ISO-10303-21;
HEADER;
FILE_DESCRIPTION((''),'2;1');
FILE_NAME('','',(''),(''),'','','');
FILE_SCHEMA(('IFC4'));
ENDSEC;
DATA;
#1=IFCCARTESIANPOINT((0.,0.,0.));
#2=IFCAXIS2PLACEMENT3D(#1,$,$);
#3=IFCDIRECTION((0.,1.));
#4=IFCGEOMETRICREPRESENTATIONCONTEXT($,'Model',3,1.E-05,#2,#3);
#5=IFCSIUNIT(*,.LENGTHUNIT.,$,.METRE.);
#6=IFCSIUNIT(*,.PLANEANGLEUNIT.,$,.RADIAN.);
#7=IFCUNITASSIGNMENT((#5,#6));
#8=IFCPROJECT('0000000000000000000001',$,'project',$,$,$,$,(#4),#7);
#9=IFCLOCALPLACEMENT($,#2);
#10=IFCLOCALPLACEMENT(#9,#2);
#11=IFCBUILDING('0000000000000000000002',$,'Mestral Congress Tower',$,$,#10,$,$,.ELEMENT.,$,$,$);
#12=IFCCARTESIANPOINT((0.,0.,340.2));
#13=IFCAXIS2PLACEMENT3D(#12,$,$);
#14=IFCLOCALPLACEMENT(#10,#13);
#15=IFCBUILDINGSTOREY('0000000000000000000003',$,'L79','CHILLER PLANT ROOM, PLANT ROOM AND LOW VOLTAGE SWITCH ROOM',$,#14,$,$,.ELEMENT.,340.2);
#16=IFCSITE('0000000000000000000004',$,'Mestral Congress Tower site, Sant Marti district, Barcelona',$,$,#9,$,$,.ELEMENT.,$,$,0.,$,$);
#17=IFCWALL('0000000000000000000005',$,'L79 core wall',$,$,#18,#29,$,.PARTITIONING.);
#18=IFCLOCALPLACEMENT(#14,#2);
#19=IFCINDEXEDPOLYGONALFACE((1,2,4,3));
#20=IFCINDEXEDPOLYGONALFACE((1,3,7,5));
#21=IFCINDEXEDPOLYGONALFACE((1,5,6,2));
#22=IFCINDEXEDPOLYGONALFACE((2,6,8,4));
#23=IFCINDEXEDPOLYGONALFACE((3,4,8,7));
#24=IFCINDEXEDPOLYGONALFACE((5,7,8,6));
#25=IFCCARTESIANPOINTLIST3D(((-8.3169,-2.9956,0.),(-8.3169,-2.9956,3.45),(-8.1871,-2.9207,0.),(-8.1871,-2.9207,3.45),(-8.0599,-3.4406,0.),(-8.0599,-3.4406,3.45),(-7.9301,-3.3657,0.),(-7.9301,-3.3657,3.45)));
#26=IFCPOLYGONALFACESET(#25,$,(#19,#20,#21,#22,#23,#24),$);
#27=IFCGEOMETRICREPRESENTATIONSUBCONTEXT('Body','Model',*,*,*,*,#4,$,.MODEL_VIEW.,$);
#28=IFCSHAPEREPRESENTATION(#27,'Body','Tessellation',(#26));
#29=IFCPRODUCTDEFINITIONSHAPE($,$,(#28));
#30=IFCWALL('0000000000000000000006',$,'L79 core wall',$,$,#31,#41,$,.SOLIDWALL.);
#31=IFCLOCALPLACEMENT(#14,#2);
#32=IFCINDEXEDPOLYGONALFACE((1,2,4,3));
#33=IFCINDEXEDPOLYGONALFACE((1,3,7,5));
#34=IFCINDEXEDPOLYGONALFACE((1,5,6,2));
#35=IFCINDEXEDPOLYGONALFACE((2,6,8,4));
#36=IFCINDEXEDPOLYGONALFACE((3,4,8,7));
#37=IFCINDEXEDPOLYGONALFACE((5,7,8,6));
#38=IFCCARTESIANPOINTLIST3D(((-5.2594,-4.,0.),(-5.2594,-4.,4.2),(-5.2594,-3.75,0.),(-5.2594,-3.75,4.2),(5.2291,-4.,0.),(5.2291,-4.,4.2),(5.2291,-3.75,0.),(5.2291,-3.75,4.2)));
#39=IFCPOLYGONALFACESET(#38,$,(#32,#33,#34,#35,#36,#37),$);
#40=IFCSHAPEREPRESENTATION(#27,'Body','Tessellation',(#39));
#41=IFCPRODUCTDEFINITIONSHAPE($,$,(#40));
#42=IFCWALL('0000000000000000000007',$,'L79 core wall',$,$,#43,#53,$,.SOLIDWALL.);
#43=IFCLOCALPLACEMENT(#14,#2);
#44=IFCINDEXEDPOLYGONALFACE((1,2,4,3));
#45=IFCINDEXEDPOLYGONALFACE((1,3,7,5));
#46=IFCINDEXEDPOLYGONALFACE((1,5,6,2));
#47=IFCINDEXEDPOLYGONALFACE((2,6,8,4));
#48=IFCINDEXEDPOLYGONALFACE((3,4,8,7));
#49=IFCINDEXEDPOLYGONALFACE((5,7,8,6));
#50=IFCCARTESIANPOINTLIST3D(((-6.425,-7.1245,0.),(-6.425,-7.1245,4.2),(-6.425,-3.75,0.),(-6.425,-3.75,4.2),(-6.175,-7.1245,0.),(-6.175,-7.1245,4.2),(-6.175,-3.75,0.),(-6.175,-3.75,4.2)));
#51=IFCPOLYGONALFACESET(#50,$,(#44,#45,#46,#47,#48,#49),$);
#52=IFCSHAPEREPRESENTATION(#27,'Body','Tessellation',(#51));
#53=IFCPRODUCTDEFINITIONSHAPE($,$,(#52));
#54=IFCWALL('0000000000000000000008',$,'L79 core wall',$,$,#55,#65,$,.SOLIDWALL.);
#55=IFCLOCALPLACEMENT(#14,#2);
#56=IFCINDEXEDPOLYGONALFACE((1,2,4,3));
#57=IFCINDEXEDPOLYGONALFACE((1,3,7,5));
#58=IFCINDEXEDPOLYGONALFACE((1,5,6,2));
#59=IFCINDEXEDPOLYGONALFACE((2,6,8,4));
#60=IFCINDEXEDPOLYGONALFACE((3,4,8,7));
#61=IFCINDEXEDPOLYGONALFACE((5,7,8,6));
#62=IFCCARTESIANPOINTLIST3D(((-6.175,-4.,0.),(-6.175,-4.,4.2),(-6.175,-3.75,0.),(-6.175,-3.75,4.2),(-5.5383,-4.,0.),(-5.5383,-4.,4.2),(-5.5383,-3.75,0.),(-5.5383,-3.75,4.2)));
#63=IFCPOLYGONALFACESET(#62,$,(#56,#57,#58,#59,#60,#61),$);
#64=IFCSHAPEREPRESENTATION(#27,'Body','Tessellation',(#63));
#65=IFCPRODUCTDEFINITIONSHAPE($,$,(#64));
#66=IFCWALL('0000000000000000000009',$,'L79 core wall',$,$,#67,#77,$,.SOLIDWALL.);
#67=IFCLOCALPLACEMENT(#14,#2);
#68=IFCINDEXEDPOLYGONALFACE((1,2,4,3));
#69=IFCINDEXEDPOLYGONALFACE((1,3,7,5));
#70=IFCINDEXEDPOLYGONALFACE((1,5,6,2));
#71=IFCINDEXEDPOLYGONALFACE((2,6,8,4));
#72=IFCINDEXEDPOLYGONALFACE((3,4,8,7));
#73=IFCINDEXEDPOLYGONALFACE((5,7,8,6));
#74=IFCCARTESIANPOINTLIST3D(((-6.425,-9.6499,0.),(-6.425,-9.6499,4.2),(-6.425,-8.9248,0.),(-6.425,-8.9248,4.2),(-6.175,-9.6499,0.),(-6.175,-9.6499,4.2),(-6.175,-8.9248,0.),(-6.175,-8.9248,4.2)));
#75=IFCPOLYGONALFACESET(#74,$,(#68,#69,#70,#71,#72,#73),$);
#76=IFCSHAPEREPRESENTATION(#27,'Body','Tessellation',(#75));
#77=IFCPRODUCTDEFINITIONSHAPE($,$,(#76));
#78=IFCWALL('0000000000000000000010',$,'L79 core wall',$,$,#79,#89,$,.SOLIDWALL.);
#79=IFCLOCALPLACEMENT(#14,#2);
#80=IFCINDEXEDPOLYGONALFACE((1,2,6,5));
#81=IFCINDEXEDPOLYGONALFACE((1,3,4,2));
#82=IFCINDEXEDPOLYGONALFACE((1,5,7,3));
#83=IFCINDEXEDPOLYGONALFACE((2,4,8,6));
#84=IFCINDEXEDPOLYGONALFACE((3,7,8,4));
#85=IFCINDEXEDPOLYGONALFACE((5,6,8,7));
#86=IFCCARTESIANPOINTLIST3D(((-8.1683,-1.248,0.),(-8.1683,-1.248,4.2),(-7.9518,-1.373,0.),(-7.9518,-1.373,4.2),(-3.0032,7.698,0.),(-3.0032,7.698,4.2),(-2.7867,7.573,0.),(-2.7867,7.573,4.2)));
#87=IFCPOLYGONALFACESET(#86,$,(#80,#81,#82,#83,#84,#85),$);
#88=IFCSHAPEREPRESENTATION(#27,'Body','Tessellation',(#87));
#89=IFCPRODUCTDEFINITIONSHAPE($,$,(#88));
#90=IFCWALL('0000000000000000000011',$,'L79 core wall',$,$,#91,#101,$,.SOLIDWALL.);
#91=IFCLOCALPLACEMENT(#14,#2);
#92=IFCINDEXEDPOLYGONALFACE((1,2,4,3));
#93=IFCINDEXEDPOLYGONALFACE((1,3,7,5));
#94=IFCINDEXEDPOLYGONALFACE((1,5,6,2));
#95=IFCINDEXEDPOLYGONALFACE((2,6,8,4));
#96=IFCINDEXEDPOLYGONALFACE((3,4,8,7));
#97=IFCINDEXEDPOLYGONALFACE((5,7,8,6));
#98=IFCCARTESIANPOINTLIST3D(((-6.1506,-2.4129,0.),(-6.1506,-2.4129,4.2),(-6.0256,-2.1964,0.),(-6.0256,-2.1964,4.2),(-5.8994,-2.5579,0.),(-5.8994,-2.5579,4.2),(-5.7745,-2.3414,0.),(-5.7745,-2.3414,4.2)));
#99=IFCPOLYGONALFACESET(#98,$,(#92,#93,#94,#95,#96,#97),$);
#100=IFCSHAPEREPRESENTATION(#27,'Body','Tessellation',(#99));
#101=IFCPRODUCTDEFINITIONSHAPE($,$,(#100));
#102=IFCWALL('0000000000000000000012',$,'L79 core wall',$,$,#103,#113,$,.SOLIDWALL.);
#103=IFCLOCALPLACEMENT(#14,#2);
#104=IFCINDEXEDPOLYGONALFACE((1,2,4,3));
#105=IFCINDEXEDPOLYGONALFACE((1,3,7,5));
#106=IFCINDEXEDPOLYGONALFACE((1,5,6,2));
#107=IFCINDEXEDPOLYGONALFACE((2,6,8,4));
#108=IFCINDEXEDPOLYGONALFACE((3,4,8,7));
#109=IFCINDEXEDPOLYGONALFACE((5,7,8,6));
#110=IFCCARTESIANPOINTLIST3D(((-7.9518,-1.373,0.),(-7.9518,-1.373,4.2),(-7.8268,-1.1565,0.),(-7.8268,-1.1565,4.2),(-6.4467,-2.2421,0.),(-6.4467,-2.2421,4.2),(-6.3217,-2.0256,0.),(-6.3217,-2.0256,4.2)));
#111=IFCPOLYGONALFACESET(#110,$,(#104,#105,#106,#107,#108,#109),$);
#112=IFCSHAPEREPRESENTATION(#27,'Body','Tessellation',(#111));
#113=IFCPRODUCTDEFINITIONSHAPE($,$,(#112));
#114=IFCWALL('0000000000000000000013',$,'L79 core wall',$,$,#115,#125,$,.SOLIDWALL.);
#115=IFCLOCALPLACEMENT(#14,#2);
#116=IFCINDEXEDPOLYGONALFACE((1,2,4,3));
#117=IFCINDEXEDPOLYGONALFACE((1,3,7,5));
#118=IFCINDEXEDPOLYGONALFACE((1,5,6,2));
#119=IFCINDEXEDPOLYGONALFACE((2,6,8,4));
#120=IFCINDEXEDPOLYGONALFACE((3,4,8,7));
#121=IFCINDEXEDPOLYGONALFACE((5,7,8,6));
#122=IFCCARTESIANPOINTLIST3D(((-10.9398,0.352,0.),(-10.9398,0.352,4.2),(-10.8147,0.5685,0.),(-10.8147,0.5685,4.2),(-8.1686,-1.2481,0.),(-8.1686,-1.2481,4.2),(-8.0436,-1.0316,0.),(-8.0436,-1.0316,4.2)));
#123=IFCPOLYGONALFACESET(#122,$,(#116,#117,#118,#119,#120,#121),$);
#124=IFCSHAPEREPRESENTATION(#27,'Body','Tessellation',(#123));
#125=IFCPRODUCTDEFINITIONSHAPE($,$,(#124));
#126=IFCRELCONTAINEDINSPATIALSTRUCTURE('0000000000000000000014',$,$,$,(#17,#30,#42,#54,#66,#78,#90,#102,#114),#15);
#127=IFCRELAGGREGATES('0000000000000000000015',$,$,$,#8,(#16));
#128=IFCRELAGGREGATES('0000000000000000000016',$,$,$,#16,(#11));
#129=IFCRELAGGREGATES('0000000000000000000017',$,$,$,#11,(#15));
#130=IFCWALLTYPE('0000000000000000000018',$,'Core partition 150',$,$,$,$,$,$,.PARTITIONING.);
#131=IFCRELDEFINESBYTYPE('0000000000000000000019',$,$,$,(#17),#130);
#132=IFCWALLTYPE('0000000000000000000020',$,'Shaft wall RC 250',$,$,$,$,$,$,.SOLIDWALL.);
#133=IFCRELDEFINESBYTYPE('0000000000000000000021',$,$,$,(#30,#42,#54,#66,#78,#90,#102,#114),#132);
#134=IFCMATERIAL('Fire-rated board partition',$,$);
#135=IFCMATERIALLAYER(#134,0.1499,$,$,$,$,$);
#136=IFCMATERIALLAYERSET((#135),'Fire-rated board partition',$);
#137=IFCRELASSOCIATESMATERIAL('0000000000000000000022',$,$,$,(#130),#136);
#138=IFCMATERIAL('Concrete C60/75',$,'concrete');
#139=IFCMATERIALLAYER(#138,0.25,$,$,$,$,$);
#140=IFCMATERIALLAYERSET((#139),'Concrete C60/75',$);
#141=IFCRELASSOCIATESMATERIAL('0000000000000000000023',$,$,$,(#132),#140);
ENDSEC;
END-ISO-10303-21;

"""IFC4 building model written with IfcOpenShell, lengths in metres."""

from ifc_helpers import new_model, si_unit, direction, frame, frame_2d, origin, place, context, subcontext, project, spatial, rectangle, extrude, material, layer, layer_set, type_object, element, save


model = new_model("IFC4")

# Units and contexts
model_context = context("Model", 3, precision=1e-05, world=origin(), true_north=direction((0.0, 1.0)))
body_context = subcontext(model_context, "Body", "Model", "MODEL_VIEW")
ifc_project = project(units=[si_unit("LENGTHUNIT", "METRE"), si_unit("PLANEANGLEUNIT", "RADIAN")], contexts=[model_context])

# Site, building, storey
site_placement = place(None, origin())
site = spatial("IfcSite", under=ifc_project, at=site_placement, Name="Mestral Congress Tower site, Sant Marti district, Barcelona", CompositionType="ELEMENT", RefElevation=0.0)
building_placement = place(site_placement, origin())
building = spatial("IfcBuilding", under=site, at=building_placement, Name="Mestral Congress Tower", CompositionType="ELEMENT")
storey_placement = place(building_placement, frame((0.0, 0.0, 340.2)))
storey = spatial("IfcBuildingStorey", under=building, at=storey_placement, Name="L79", Description="CHILLER PLANT ROOM, PLANT ROOM AND LOW VOLTAGE SWITCH ROOM", CompositionType="ELEMENT", Elevation=340.2)

# Walls
ifc_material_1 = material(Name="Fire-rated board partition")
ifc_layer_1 = layer(ifc_material_1, 0.1499)
ifc_layer_set_1 = layer_set([ifc_layer_1], Name="Fire-rated board partition")
wall_type_1 = type_object("IfcWallType", Name="Core partition 150", PredefinedType="PARTITIONING", material=ifc_layer_set_1)
wall_1_placement = place(storey_placement, frame((-8.252, -2.9583, 0.0), z_axis=(0.0, 0.0, 1.0), x_axis=(0.500175, -0.865925, 0.0)))
element("IfcWall", 1, at=wall_1_placement, inside=storey, type_object=wall_type_1, Name="L79 core wall", PredefinedType="PARTITIONING", context=body_context, shape_type="SweptSolid", body=[
    extrude(rectangle(XDim=0.5139, YDim=0.1499, at=frame_2d((0.2568, 0.0))), origin(), (0.0, 0.0, 1.0), 3.45),
])
ifc_material_2 = material(Name="Concrete C60/75", Category="concrete")
ifc_layer_2 = layer(ifc_material_2, 0.25)
ifc_layer_set_2 = layer_set([ifc_layer_2], Name="Concrete C60/75")
wall_type_2 = type_object("IfcWallType", Name="Shaft wall RC 250", PredefinedType="SOLIDWALL", material=ifc_layer_set_2)
wall_2_placement = place(storey_placement, frame((-5.2593, -3.875, 0.0), z_axis=(0.0, 0.0, 1.0), x_axis=(1.0, 0.0, 0.0)))
element("IfcWall", 2, at=wall_2_placement, inside=storey, type_object=wall_type_2, Name="L79 core wall", PredefinedType="SOLIDWALL", context=body_context, shape_type="SweptSolid", body=[
    extrude(rectangle(XDim=10.4885, YDim=0.25, at=frame_2d((5.2441, 0.0))), origin(), (0.0, 0.0, 1.0), 4.2),
])
wall_3_placement = place(storey_placement, frame((-6.3, -7.1245, 0.0), z_axis=(0.0, 0.0, 1.0), x_axis=(0.0, 1.0, 0.0)))
element("IfcWall", 3, at=wall_3_placement, inside=storey, type_object=wall_type_2, Name="L79 core wall", PredefinedType="SOLIDWALL", context=body_context, shape_type="SweptSolid", body=[
    extrude(rectangle(XDim=3.3745, YDim=0.25, at=frame_2d((1.6873, 0.0))), origin(), (0.0, 0.0, 1.0), 4.2),
])
wall_4_placement = place(storey_placement, frame((-6.175, -3.875, 0.0), z_axis=(0.0, 0.0, 1.0), x_axis=(1.0, 0.0, 0.0)))
element("IfcWall", 4, at=wall_4_placement, inside=storey, type_object=wall_type_2, Name="L79 core wall", PredefinedType="SOLIDWALL", context=body_context, shape_type="SweptSolid", body=[
    extrude(rectangle(XDim=0.6367, YDim=0.25, at=frame_2d((0.3184, 0.0))), origin(), (0.0, 0.0, 1.0), 4.2),
])
wall_5_placement = place(storey_placement, frame((-6.3, -8.9248, 0.0), z_axis=(0.0, 0.0, 1.0), x_axis=(0.0, -1.0, 0.0)))
element("IfcWall", 5, at=wall_5_placement, inside=storey, type_object=wall_type_2, Name="L79 core wall", PredefinedType="SOLIDWALL", context=body_context, shape_type="SweptSolid", body=[
    extrude(rectangle(XDim=0.7251, YDim=0.25, at=frame_2d((0.3625, 0.0))), origin(), (0.0, 0.0, 1.0), 4.2),
])
wall_6_placement = place(storey_placement, frame((-8.0601, -1.3105, 0.0), z_axis=(0.0, 0.0, 1.0), x_axis=(0.500003, 0.866024, 0.0)))
element("IfcWall", 6, at=wall_6_placement, inside=storey, type_object=wall_type_2, Name="L79 core wall", PredefinedType="SOLIDWALL", context=body_context, shape_type="SweptSolid", body=[
    extrude(rectangle(XDim=10.3301, YDim=0.25, at=frame_2d((5.165, 0.0))), origin(), (0.0, 0.0, 1.0), 4.2),
])
wall_7_placement = place(storey_placement, frame((-6.0881, -2.3047, 0.0), z_axis=(0.0, 0.0, 1.0), x_axis=(0.866059, -0.499941, 0.0)))
element("IfcWall", 7, at=wall_7_placement, inside=storey, type_object=wall_type_2, Name="L79 core wall", PredefinedType="SOLIDWALL", context=body_context, shape_type="SweptSolid", body=[
    extrude(rectangle(XDim=0.29, YDim=0.25, at=frame_2d((0.145, 0.0))), origin(), (0.0, 0.0, 1.0), 4.2),
])
wall_8_placement = place(storey_placement, frame((-7.8894, -1.2646, 0.0), z_axis=(0.0, 0.0, 1.0), x_axis=(0.865987, -0.500067, 0.0)))
element("IfcWall", 8, at=wall_8_placement, inside=storey, type_object=wall_type_2, Name="L79 core wall", PredefinedType="SOLIDWALL", context=body_context, shape_type="SweptSolid", body=[
    extrude(rectangle(XDim=1.738, YDim=0.25, at=frame_2d((0.8691, 0.0))), origin(), (0.0, 0.0, 1.0), 4.2),
])
wall_9_placement = place(storey_placement, frame((-8.106, -1.1399, 0.0), z_axis=(0.0, 0.0, 1.0), x_axis=(-0.866009, 0.500028, 0.0)))
element("IfcWall", 9, at=wall_9_placement, inside=storey, type_object=wall_type_2, Name="L79 core wall", PredefinedType="SOLIDWALL", context=body_context, shape_type="SweptSolid", body=[
    extrude(rectangle(XDim=3.2, YDim=0.25, at=frame_2d((1.6001, 0.0))), origin(), (0.0, 0.0, 1.0), 4.2),
])

save(model, "model.ifc")
